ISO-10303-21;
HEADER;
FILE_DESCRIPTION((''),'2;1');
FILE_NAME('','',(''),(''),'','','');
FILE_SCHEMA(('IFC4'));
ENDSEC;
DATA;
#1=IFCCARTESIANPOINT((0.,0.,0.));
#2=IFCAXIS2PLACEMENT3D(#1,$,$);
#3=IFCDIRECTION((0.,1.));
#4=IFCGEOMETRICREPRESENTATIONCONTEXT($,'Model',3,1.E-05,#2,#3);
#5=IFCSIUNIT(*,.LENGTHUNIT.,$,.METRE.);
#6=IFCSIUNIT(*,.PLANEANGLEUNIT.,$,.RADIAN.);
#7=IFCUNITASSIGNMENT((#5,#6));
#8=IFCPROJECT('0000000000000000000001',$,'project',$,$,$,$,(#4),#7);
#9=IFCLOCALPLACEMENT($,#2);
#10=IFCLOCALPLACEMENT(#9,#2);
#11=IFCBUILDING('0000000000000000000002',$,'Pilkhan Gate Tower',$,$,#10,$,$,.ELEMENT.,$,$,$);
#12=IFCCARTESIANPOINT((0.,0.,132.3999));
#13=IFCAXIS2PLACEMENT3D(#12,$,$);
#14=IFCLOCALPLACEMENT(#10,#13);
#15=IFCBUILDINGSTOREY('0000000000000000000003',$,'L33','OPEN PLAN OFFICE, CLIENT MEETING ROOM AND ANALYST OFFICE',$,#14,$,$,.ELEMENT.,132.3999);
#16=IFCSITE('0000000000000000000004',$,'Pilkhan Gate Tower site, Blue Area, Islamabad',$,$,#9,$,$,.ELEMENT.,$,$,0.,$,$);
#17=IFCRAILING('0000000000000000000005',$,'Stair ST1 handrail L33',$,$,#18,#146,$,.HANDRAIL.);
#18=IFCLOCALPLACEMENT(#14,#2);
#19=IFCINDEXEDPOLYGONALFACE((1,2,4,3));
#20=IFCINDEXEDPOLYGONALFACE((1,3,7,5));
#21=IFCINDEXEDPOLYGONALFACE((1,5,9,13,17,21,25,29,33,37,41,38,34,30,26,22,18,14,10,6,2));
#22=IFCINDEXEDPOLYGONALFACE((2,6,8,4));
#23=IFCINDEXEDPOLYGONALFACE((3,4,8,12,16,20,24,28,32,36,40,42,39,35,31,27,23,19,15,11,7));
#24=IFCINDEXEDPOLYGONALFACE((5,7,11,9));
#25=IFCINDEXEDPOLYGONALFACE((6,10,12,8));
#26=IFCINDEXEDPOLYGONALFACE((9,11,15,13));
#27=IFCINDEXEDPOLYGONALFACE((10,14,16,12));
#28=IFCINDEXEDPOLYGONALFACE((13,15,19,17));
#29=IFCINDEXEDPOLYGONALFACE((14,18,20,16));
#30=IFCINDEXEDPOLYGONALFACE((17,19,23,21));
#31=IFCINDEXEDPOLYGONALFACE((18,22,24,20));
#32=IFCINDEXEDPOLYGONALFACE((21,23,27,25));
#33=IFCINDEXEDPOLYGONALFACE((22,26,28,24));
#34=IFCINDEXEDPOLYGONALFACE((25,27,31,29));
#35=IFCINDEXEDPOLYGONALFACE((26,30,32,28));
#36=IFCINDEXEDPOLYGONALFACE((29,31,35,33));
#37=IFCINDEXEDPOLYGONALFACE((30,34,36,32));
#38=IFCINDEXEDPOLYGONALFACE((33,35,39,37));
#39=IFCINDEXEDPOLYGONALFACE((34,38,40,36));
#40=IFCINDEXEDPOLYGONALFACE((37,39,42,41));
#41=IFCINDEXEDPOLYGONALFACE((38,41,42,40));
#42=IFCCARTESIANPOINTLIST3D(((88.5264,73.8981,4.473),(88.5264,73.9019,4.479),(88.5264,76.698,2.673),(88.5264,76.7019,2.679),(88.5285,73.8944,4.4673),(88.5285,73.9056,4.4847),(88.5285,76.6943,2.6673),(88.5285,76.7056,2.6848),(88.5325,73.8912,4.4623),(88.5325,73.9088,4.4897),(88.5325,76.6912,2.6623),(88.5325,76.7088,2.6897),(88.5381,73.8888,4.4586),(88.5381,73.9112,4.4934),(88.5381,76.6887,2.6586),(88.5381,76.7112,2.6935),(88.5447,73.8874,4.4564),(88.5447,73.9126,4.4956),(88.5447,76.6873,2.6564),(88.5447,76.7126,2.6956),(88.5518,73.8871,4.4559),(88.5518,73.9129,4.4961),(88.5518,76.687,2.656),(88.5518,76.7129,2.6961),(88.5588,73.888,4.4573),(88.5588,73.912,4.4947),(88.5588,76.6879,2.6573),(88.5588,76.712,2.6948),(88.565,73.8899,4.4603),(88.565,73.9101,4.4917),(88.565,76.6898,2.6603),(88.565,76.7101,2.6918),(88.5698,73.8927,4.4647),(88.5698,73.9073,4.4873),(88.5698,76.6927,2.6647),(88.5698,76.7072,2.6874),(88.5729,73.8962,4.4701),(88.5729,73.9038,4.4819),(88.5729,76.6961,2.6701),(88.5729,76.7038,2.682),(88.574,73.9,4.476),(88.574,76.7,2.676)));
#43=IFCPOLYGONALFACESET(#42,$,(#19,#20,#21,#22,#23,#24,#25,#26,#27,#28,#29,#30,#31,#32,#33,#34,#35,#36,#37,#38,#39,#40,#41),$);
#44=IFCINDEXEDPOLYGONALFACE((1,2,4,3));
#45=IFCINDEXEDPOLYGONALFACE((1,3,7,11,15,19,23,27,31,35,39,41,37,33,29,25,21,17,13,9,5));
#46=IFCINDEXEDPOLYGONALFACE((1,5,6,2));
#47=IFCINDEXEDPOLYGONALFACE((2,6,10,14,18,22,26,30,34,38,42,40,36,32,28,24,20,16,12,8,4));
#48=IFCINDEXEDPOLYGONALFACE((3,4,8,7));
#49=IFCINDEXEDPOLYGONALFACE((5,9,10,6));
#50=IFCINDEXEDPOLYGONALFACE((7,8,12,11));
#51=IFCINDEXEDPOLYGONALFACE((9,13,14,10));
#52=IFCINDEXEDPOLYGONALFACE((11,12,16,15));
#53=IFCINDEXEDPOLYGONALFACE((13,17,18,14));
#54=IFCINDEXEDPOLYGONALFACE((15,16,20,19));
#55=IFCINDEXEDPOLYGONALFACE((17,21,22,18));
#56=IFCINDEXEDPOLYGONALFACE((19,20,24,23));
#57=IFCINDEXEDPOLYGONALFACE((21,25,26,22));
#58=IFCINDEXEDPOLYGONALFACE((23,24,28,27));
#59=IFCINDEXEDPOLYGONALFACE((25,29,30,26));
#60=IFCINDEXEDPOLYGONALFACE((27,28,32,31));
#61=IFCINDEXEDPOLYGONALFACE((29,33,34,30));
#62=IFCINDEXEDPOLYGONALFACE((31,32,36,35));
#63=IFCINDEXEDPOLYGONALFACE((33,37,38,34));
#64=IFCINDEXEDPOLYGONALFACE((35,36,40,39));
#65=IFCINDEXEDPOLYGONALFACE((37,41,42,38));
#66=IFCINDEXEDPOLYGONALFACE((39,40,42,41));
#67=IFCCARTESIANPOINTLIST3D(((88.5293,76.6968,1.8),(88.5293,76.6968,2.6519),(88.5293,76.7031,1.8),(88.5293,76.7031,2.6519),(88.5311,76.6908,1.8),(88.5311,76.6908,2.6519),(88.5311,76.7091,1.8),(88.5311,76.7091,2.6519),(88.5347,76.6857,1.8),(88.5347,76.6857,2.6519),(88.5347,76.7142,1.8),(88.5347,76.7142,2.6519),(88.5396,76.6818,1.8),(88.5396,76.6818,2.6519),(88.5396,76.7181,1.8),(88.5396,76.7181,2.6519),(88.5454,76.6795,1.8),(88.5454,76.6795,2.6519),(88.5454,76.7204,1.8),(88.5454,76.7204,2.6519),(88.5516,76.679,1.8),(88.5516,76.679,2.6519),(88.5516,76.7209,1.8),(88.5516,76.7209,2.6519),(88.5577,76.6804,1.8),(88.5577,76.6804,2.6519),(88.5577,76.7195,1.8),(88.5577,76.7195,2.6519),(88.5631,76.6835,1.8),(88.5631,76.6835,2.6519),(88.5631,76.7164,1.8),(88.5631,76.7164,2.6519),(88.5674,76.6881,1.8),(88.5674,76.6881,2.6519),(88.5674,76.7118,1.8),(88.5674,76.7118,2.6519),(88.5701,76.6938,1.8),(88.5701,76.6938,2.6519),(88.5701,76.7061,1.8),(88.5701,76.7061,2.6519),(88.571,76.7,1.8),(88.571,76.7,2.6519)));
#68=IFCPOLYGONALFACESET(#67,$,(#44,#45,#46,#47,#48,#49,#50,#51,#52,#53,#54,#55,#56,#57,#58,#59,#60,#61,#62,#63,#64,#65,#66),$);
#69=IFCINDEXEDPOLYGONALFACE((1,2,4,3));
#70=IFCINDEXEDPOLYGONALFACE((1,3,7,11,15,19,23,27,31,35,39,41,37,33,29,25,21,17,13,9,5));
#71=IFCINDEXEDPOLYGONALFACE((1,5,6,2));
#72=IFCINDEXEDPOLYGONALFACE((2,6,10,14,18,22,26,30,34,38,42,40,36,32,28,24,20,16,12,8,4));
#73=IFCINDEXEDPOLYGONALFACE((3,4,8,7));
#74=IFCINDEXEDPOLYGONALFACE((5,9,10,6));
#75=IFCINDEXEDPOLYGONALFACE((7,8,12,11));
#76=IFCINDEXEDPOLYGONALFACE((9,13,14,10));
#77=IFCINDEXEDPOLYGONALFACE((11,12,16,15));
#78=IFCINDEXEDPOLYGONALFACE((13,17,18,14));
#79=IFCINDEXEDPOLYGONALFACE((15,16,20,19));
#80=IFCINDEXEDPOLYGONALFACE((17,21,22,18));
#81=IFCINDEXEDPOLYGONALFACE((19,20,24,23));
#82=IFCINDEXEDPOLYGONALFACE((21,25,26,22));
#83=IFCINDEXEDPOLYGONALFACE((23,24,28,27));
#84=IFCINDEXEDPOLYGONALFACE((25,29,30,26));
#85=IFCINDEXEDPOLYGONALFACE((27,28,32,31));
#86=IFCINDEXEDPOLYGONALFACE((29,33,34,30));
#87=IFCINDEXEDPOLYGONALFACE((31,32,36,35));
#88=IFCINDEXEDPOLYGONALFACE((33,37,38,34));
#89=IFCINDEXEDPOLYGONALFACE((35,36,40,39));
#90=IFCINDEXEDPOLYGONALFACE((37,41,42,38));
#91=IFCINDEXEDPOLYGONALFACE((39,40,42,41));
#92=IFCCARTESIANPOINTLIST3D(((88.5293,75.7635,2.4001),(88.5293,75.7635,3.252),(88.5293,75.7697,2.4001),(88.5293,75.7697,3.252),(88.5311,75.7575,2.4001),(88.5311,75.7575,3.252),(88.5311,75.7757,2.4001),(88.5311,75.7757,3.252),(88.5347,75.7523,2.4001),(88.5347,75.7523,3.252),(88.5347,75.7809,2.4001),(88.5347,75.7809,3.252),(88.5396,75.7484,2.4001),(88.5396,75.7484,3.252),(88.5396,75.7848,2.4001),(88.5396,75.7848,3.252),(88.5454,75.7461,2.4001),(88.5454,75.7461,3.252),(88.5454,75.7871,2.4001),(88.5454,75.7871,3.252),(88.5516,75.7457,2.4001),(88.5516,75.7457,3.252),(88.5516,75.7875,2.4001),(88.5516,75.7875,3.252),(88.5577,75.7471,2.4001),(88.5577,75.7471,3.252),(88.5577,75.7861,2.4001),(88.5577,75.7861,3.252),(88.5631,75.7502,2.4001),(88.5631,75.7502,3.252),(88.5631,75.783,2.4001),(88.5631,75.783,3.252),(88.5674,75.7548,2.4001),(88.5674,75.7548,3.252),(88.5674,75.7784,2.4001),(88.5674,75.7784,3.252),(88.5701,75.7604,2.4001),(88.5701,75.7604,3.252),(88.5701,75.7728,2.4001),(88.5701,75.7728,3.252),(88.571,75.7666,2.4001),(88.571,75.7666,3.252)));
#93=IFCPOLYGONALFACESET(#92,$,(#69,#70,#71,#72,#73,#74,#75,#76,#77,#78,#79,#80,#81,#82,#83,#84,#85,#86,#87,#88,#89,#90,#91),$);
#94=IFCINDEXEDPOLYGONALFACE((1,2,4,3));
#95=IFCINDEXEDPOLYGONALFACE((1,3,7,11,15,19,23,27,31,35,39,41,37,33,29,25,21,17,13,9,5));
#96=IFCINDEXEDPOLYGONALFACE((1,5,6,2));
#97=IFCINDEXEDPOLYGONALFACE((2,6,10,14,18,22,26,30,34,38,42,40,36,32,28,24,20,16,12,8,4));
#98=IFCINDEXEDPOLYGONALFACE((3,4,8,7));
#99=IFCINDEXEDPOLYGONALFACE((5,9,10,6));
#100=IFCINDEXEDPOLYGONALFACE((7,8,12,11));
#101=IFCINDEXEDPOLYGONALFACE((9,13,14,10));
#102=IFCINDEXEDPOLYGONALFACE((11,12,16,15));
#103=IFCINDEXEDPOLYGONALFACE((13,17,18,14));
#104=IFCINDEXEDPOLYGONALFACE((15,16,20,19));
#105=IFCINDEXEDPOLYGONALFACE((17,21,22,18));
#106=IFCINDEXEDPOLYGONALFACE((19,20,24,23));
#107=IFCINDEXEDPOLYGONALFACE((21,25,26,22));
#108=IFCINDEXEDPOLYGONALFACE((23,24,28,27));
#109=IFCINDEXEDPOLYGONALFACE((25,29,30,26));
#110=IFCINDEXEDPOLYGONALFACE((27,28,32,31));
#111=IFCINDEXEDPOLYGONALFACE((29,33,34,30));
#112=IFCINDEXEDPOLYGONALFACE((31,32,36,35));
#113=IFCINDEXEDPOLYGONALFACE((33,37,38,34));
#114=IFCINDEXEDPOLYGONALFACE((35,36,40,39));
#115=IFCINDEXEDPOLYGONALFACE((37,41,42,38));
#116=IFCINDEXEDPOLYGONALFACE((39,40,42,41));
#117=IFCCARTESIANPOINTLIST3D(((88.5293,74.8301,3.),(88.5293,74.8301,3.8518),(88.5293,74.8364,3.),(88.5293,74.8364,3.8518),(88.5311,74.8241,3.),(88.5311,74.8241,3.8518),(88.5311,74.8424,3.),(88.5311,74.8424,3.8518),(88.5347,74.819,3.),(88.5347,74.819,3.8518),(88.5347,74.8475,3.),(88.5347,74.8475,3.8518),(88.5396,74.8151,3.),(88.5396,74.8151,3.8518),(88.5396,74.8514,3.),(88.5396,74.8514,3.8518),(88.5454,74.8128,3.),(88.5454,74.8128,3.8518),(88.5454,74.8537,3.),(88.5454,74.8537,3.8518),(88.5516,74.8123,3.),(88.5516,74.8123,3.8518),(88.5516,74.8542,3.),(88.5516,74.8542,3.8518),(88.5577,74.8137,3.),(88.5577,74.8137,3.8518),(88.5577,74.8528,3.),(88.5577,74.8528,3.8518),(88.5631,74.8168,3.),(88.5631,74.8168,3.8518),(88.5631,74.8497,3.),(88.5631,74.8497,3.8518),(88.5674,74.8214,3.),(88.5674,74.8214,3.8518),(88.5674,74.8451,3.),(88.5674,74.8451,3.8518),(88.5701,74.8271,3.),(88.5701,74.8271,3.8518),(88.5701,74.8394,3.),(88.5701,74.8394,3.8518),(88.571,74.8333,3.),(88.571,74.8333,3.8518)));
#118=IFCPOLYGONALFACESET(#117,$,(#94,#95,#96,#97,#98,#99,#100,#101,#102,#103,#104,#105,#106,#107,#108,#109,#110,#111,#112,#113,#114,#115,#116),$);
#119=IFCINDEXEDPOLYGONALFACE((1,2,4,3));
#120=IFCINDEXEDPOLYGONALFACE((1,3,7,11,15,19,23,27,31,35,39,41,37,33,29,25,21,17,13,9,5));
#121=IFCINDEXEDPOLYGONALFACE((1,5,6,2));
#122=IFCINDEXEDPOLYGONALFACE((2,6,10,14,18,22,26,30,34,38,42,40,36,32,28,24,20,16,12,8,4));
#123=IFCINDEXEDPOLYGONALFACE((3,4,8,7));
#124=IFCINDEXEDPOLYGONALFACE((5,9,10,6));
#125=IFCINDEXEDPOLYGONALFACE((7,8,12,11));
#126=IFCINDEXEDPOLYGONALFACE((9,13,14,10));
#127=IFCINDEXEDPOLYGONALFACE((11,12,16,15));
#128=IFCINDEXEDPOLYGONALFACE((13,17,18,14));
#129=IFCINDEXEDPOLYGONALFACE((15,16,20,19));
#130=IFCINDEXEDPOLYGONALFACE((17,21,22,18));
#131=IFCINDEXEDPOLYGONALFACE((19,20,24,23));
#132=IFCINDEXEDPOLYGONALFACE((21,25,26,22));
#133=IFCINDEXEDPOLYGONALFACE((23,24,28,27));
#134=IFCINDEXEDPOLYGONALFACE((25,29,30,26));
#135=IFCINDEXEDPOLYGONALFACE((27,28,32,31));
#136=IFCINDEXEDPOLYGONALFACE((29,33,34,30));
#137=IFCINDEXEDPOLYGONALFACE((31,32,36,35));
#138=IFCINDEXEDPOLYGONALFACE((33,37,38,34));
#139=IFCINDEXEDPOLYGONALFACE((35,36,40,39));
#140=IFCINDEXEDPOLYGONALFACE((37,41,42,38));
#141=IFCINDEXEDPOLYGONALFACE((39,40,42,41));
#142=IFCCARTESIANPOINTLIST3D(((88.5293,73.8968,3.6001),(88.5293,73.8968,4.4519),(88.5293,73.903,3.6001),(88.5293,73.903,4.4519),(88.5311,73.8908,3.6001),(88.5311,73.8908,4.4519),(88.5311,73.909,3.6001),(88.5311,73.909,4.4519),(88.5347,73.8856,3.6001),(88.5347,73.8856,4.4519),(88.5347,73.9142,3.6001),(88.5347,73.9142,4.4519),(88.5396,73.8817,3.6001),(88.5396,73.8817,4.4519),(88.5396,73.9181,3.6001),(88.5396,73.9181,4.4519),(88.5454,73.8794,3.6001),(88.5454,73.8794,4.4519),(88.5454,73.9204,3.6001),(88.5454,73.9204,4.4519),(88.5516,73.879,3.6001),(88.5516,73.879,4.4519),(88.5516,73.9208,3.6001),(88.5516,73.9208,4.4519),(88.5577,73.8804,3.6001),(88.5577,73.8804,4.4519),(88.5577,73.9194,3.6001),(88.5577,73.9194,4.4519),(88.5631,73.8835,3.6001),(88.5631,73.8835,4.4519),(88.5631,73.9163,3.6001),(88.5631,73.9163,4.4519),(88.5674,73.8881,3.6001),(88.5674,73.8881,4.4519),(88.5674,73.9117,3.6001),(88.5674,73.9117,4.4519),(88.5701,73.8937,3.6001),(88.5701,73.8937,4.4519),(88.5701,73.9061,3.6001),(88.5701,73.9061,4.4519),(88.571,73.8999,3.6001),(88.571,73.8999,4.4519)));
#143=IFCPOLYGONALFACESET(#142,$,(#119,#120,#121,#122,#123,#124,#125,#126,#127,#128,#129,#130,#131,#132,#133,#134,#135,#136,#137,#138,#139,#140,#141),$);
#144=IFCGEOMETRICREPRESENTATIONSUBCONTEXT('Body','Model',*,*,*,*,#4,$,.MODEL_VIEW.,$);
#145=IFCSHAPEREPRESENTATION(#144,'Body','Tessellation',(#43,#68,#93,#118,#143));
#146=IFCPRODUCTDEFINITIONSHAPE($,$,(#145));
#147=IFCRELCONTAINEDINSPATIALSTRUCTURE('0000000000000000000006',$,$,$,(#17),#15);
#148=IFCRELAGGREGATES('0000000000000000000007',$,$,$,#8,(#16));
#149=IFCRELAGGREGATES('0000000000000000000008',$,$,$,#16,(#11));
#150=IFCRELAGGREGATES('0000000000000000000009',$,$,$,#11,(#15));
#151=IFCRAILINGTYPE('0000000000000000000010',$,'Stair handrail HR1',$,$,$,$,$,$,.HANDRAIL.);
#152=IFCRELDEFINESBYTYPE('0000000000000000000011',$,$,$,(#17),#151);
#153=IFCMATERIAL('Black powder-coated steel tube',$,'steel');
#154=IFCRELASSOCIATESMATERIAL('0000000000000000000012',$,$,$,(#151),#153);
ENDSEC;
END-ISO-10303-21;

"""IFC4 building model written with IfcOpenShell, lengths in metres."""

from ifc_helpers import new_model, si_unit, direction, frame, origin, origin_2d, place, context, subcontext, project, spatial, circle, extrude, material, type_object, element, save


model = new_model("IFC4")

# Units and contexts
model_context = context("Model", 3, precision=1e-05, world=origin(), true_north=direction((0.0, 1.0)))
body_context = subcontext(model_context, "Body", "Model", "MODEL_VIEW")
ifc_project = project(units=[si_unit("LENGTHUNIT", "METRE"), si_unit("PLANEANGLEUNIT", "RADIAN")], contexts=[model_context])

# Site, building, storey
site_placement = place(None, origin())
site = spatial("IfcSite", under=ifc_project, at=site_placement, Name="Pilkhan Gate Tower site, Blue Area, Islamabad", CompositionType="ELEMENT", RefElevation=0.0)
building_placement = place(site_placement, origin())
building = spatial("IfcBuilding", under=site, at=building_placement, Name="Pilkhan Gate Tower", CompositionType="ELEMENT")
storey_placement = place(building_placement, frame((0.0, 0.0, 132.3999)))
storey = spatial("IfcBuildingStorey", under=building, at=storey_placement, Name="L33", Description="OPEN PLAN OFFICE, CLIENT MEETING ROOM AND ANALYST OFFICE", CompositionType="ELEMENT", Elevation=132.3999)

# Railing
ifc_material_1 = material(Name="Black powder-coated steel tube", Category="steel")
railing_type_1 = type_object("IfcRailingType", Name="Stair handrail HR1", PredefinedType="HANDRAIL", material=ifc_material_1)
railing_1_placement = place(storey_placement, frame((88.55, 76.7, 1.8)))
element("IfcRailing", 1, at=railing_1_placement, inside=storey, type_object=railing_type_1, Name="Stair ST1 handrail L33", PredefinedType="HANDRAIL", context=body_context, shape_type="SweptSolid", body=[
    extrude(circle(Radius=0.0239, at=origin_2d()), frame((0.0, 0.0, 0.876), z_axis=(0.0, -0.841176, 0.540761), x_axis=(1.0, 0.0, 0.0)), (0.0, 0.0, 1.0), 3.3286),
    extrude(circle(Radius=0.021, at=origin_2d()), origin(), (0.0, 0.0, 1.0), 0.8518),
    extrude(circle(Radius=0.021, at=origin_2d()), frame((0.0, -0.9333, 0.6001)), (0.0, 0.0, 1.0), 0.8518),
    extrude(circle(Radius=0.021, at=origin_2d()), frame((0.0, -1.8667, 1.2)), (0.0, 0.0, 1.0), 0.8518),
    extrude(circle(Radius=0.021, at=origin_2d()), frame((0.0, -2.8, 1.8)), (0.0, 0.0, 1.0), 0.8518),
])

save(model, "model.ifc")
